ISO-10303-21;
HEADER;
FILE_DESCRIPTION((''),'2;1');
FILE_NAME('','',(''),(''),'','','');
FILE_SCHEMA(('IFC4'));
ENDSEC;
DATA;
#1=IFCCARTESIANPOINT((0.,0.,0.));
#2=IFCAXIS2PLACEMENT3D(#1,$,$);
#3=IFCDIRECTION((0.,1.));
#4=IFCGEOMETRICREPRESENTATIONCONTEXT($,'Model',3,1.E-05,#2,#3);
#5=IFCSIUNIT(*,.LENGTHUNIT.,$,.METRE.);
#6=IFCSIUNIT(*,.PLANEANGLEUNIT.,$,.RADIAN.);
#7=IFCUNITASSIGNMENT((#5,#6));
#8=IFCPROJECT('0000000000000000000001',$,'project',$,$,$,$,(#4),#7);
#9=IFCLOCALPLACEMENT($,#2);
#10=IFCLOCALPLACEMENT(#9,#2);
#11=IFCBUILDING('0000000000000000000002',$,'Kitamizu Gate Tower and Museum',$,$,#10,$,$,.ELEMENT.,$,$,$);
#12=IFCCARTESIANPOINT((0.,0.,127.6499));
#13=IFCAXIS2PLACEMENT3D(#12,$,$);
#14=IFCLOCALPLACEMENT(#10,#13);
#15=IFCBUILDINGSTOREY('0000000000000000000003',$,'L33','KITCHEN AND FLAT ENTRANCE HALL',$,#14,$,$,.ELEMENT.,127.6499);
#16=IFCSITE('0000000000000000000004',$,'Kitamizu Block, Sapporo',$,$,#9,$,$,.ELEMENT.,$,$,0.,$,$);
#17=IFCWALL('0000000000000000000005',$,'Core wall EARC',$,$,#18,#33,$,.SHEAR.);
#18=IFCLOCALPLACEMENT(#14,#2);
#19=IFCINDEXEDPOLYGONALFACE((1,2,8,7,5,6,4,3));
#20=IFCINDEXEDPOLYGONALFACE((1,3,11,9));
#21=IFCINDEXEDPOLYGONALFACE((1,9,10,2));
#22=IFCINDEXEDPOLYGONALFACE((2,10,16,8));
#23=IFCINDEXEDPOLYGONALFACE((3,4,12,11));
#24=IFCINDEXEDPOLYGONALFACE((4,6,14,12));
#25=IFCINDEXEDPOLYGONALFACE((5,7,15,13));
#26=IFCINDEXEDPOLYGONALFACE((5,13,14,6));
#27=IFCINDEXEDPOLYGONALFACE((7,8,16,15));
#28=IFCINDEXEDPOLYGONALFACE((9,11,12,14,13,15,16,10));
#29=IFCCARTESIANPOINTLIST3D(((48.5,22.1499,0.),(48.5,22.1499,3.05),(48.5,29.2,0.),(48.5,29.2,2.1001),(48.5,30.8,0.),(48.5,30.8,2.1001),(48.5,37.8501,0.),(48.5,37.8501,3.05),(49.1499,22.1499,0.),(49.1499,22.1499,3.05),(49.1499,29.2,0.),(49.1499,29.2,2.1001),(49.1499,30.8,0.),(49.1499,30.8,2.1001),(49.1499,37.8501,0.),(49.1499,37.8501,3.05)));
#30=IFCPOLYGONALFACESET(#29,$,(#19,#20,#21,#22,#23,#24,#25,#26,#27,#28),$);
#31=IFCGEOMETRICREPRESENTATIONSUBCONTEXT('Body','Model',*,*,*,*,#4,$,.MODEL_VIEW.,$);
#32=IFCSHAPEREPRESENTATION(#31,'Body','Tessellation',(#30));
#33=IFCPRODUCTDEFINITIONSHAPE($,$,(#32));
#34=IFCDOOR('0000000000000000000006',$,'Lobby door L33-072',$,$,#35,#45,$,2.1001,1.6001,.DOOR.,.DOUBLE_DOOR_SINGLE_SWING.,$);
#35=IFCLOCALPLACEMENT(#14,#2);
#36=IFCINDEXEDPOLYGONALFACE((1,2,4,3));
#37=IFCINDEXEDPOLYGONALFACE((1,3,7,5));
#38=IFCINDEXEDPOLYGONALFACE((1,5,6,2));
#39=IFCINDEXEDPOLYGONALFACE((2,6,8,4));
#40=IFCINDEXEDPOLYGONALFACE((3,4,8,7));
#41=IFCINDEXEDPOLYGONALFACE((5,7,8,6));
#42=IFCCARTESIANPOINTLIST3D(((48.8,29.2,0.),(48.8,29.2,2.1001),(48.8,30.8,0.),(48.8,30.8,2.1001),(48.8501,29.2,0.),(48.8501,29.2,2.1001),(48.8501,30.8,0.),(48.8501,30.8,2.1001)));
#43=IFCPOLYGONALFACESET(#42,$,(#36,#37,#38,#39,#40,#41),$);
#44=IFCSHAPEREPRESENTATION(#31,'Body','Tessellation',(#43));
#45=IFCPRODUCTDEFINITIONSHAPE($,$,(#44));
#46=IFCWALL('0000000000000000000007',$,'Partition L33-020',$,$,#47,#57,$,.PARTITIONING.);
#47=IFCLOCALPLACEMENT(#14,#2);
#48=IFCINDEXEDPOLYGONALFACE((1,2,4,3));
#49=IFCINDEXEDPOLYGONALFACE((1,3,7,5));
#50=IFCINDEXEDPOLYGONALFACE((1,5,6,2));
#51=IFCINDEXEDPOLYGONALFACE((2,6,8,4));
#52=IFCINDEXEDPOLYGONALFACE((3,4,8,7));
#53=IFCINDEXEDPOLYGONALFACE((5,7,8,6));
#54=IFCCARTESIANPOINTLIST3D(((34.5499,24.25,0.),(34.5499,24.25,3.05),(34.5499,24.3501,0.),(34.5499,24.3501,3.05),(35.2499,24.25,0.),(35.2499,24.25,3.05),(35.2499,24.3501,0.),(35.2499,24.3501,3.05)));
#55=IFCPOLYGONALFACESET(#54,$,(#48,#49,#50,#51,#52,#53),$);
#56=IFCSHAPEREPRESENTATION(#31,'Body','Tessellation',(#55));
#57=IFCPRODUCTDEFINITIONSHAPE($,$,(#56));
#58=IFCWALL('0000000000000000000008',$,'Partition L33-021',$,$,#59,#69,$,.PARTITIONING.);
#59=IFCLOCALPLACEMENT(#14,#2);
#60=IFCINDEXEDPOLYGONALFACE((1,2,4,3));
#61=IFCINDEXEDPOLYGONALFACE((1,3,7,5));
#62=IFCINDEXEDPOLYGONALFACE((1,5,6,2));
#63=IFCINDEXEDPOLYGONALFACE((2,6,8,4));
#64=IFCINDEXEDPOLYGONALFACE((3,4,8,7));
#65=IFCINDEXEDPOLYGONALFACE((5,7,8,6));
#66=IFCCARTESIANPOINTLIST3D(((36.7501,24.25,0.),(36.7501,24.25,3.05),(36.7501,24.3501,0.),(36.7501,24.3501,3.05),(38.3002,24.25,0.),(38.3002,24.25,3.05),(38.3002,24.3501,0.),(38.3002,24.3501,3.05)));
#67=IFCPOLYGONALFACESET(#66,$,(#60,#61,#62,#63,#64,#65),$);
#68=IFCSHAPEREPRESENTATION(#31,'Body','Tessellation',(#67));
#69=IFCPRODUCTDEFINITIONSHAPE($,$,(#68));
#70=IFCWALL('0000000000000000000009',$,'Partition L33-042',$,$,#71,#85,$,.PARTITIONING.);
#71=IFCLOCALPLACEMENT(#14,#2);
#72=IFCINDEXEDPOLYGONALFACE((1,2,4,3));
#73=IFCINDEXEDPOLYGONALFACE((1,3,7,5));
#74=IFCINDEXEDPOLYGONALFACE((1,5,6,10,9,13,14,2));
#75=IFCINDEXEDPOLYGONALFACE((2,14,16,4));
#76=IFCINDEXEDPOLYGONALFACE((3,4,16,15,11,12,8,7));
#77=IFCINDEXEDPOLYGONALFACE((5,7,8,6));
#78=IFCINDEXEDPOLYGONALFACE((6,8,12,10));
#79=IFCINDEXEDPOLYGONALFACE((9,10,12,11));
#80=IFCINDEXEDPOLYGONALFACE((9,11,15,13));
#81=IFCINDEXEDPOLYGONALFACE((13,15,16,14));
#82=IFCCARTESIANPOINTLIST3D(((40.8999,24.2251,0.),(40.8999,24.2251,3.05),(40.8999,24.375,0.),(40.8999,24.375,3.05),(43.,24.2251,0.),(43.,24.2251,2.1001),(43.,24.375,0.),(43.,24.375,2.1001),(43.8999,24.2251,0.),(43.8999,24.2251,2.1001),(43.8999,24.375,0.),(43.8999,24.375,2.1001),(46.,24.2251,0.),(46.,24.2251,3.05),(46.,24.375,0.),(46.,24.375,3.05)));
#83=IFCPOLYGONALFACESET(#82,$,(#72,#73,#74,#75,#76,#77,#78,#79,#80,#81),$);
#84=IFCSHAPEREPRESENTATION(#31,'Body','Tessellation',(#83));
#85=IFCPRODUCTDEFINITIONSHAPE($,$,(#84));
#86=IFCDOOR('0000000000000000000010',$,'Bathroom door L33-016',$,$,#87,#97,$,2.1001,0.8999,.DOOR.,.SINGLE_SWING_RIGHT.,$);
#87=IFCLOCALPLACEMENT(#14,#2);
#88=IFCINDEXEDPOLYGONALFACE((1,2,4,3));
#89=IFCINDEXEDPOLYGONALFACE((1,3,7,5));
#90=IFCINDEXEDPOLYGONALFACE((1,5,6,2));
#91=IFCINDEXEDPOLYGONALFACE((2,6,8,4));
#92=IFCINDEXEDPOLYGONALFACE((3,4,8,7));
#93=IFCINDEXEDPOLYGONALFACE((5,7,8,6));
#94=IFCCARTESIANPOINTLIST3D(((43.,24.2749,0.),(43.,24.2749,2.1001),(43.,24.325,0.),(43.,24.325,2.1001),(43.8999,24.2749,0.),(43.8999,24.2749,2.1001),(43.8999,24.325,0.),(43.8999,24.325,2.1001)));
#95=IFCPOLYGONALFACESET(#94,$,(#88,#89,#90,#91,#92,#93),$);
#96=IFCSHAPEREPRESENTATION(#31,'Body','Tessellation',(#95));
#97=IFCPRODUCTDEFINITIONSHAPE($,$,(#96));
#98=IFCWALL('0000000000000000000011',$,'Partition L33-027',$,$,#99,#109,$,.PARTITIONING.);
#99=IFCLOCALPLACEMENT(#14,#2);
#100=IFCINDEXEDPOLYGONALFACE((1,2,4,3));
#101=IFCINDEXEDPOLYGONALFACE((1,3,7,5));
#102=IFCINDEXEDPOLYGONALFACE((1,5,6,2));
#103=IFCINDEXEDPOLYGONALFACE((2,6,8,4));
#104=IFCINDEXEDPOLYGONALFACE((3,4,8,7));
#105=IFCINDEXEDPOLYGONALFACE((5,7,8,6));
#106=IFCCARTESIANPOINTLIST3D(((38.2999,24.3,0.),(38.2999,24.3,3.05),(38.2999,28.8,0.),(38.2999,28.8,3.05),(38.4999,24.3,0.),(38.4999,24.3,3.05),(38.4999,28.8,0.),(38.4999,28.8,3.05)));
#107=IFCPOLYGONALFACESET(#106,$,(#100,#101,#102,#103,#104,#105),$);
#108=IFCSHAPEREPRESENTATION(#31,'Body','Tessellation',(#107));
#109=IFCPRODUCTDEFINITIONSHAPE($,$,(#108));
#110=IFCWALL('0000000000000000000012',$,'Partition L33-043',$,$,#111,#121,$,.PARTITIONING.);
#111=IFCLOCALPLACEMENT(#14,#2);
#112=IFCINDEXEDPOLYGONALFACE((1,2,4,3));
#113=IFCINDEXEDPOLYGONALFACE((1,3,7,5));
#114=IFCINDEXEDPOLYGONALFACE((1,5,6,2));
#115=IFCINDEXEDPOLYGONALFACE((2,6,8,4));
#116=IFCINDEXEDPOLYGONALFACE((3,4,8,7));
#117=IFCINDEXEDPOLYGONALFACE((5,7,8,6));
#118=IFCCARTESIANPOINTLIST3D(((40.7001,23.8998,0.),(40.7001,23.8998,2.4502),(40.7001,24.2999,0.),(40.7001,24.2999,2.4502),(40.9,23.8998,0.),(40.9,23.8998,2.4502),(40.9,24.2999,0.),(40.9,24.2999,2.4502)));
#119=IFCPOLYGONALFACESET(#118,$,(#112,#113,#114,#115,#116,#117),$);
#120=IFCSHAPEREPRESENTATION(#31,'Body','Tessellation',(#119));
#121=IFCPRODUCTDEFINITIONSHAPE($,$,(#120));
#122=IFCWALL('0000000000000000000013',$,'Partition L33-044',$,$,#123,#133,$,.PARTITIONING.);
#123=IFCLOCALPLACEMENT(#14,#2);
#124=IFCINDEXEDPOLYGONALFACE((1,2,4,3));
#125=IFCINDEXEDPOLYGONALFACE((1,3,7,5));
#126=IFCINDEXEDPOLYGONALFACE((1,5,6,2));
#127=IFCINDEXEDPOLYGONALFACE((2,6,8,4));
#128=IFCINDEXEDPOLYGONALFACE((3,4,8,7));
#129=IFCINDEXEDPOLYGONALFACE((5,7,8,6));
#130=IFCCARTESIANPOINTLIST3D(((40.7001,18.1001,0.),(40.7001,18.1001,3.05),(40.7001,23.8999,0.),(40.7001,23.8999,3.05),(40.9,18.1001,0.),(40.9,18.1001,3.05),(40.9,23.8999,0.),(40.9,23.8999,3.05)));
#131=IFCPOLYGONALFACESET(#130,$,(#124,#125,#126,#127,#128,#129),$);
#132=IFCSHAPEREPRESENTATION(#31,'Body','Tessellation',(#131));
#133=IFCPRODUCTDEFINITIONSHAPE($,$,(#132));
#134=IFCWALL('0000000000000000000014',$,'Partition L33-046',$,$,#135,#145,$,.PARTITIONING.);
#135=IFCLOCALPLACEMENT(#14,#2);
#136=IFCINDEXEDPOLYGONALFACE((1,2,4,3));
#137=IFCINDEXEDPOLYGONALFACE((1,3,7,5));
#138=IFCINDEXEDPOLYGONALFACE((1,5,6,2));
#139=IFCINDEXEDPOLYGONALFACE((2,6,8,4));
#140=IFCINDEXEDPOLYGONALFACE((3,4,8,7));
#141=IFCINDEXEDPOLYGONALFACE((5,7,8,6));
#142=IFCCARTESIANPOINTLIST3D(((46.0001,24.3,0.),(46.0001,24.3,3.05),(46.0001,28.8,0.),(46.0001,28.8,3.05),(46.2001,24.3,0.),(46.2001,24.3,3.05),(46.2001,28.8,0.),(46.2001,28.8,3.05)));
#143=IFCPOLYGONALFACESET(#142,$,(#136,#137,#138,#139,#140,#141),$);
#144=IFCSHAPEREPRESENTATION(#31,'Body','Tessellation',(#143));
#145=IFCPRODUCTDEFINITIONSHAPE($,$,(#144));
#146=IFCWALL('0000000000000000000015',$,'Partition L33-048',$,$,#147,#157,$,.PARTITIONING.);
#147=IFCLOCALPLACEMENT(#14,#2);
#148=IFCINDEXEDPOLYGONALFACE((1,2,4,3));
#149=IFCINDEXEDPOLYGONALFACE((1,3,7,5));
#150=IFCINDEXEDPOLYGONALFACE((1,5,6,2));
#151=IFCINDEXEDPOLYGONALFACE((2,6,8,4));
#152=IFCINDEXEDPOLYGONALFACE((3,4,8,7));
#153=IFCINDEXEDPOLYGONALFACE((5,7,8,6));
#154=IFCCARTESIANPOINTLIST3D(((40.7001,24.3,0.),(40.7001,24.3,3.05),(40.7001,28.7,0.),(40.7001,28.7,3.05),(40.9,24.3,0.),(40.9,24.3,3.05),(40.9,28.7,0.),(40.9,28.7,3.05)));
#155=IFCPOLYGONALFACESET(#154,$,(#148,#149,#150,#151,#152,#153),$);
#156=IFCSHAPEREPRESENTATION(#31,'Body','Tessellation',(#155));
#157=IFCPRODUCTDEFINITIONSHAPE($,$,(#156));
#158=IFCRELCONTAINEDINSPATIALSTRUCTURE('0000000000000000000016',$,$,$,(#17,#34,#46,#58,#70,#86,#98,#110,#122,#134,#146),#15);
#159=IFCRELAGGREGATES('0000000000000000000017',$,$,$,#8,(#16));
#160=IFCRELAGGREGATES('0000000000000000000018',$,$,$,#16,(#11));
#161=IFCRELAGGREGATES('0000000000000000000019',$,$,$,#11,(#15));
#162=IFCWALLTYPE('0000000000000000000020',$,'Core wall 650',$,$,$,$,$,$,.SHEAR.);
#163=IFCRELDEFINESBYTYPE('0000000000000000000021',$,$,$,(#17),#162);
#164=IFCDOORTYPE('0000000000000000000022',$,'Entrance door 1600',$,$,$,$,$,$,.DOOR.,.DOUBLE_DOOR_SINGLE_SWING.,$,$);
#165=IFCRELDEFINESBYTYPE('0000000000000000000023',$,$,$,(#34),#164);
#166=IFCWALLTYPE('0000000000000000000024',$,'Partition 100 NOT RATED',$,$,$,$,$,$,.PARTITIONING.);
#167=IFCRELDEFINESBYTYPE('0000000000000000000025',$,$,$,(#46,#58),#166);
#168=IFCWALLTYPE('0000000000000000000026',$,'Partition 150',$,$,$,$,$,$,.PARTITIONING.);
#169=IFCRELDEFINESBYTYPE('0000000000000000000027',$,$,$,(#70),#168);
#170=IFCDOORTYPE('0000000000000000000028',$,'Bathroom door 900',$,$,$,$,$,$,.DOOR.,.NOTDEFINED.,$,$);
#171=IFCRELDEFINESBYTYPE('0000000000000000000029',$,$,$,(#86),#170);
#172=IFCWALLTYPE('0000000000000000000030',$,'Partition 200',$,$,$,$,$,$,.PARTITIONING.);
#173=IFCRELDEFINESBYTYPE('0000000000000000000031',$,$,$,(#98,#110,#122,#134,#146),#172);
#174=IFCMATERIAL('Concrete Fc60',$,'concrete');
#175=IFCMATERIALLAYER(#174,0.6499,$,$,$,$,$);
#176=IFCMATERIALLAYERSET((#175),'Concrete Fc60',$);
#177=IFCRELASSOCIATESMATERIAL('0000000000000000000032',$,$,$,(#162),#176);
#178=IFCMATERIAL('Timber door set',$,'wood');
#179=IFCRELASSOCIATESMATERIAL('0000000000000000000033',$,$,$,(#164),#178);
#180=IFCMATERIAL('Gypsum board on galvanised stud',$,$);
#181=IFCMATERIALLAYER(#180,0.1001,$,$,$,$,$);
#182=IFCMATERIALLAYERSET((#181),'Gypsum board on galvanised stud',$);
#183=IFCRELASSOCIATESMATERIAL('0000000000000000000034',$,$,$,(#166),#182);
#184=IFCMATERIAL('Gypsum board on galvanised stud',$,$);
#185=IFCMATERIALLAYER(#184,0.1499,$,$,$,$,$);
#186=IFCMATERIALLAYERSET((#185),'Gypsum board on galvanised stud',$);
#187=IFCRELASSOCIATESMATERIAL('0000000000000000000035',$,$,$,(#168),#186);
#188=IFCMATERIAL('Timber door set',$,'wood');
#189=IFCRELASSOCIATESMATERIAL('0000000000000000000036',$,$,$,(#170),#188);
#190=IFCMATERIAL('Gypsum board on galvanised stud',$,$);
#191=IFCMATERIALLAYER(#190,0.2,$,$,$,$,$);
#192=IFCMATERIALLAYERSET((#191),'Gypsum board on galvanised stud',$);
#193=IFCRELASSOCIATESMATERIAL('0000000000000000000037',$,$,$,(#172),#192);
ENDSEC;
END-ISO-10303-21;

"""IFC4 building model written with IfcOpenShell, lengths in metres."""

from ifc_helpers import new_model, si_unit, direction, frame, frame_2d, origin, place, context, subcontext, project, spatial, rectangle, extrude, material, layer, layer_set, type_object, element, fill, save


model = new_model("IFC4")

# Units and contexts
model_context = context("Model", 3, precision=1e-05, world=origin(), true_north=direction((0.0, 1.0)))
body_context = subcontext(model_context, "Body", "Model", "MODEL_VIEW")
ifc_project = project(units=[si_unit("LENGTHUNIT", "METRE"), si_unit("PLANEANGLEUNIT", "RADIAN")], contexts=[model_context])

# Site, building, storey
site_placement = place(None, origin())
site = spatial("IfcSite", under=ifc_project, at=site_placement, Name="Kitamizu Block, Sapporo", CompositionType="ELEMENT", RefElevation=0.0)
building_placement = place(site_placement, origin())
building = spatial("IfcBuilding", under=site, at=building_placement, Name="Kitamizu Gate Tower and Museum", CompositionType="ELEMENT")
storey_placement = place(building_placement, frame((0.0, 0.0, 127.6499)))
storey = spatial("IfcBuildingStorey", under=building, at=storey_placement, Name="L33", Description="KITCHEN AND FLAT ENTRANCE HALL", CompositionType="ELEMENT", Elevation=127.6499)

# Wall, opening, door
ifc_material_1 = material(Name="Concrete Fc60", Category="concrete")
ifc_layer_1 = layer(ifc_material_1, 0.6499)
ifc_layer_set_1 = layer_set([ifc_layer_1], Name="Concrete Fc60")
wall_type_1 = type_object("IfcWallType", Name="Core wall 650", PredefinedType="SHEAR", material=ifc_layer_set_1)
wall_1_placement = place(storey_placement, frame((48.825, 22.1499, 0.0), z_axis=(0.0, 0.0, 1.0), x_axis=(0.0, 1.0, 0.0)))
wall_1 = element("IfcWall", 1, at=wall_1_placement, inside=storey, type_object=wall_type_1, Name="Core wall EARC", PredefinedType="SHEAR", context=body_context, shape_type="SweptSolid", body=[
    extrude(rectangle(XDim=15.7002, YDim=0.6499, at=frame_2d((7.8501, 0.0))), origin(), (0.0, 0.0, 1.0), 3.05),
])
opening_1_placement = place(wall_1_placement, frame((7.05, 0.0, 0.0)))
opening_1 = element("IfcOpeningElement", 2, at=opening_1_placement, cuts=wall_1, PredefinedType="OPENING", context=body_context, shape_type="SweptSolid", body=[
    extrude(rectangle(XDim=1.6001, YDim=2.1001, at=frame_2d((0.8, 1.05))), frame((0.0, 0.335, 0.0), z_axis=(0.0, -1.0, 0.0), x_axis=(1.0, 0.0, 0.0)), (0.0, 0.0, 1.0), 0.6699),
])
ifc_material_2 = material(Name="Timber door set", Category="wood")
door_type_1 = type_object("IfcDoorType", Name="Entrance door 1600", OperationType="DOUBLE_DOOR_SINGLE_SWING", PredefinedType="DOOR", material=ifc_material_2)
door_1_placement = place(opening_1_placement, origin())
door_1 = element("IfcDoor", 3, at=door_1_placement, inside=storey, type_object=door_type_1, Name="Lobby door L33-072", OperationType="DOUBLE_DOOR_SINGLE_SWING", OverallHeight=2.1001, OverallWidth=1.6001, PredefinedType="DOOR", context=body_context, shape_type="SweptSolid", body=[
    extrude(rectangle(XDim=1.6001, YDim=2.1001, at=frame_2d((0.8, 1.05))), frame((0.0, 0.0249, 0.0), z_axis=(0.0, -1.0, 0.0), x_axis=(1.0, 0.0, 0.0)), (0.0, 0.0, 1.0), 0.05),
])
fill(opening_1, door_1)

# Walls
ifc_material_3 = material(Name="Gypsum board on galvanised stud")
ifc_layer_2 = layer(ifc_material_3, 0.1001)
ifc_layer_set_2 = layer_set([ifc_layer_2], Name="Gypsum board on galvanised stud")
wall_type_2 = type_object("IfcWallType", Name="Partition 100 NOT RATED", PredefinedType="PARTITIONING", material=ifc_layer_set_2)
wall_2_placement = place(storey_placement, frame((35.25, 24.3, 0.0), z_axis=(0.0, 0.0, 1.0), x_axis=(-1.0, 0.0, 0.0)))
element("IfcWall", 4, at=wall_2_placement, inside=storey, type_object=wall_type_2, Name="Partition L33-020", PredefinedType="PARTITIONING", context=body_context, shape_type="SweptSolid", body=[
    extrude(rectangle(XDim=0.7, YDim=0.1001, at=frame_2d((0.3501, 0.0))), origin(), (0.0, 0.0, 1.0), 3.05),
])
wall_3_placement = place(storey_placement, frame((38.3, 24.3, 0.0), z_axis=(0.0, 0.0, 1.0), x_axis=(-1.0, 0.0, 0.0)))
element("IfcWall", 5, at=wall_3_placement, inside=storey, type_object=wall_type_2, Name="Partition L33-021", PredefinedType="PARTITIONING", context=body_context, shape_type="SweptSolid", body=[
    extrude(rectangle(XDim=1.55, YDim=0.1001, at=frame_2d((0.7749, 0.0))), origin(), (0.0, 0.0, 1.0), 3.05),
])

# Wall, opening, door
ifc_material_4 = material(Name="Gypsum board on galvanised stud")
ifc_layer_3 = layer(ifc_material_4, 0.1499)
ifc_layer_set_3 = layer_set([ifc_layer_3], Name="Gypsum board on galvanised stud")
wall_type_3 = type_object("IfcWallType", Name="Partition 150", PredefinedType="PARTITIONING", material=ifc_layer_set_3)
wall_4_placement = place(storey_placement, frame((46.0, 24.3, 0.0), z_axis=(0.0, 0.0, 1.0), x_axis=(-1.0, 0.0, 0.0)))
wall_4 = element("IfcWall", 6, at=wall_4_placement, inside=storey, type_object=wall_type_3, Name="Partition L33-042", PredefinedType="PARTITIONING", context=body_context, shape_type="SweptSolid", body=[
    extrude(rectangle(XDim=5.1001, YDim=0.1499, at=frame_2d((2.55, 0.0))), origin(), (0.0, 0.0, 1.0), 3.05),
])
opening_2_placement = place(wall_4_placement, frame((2.1001, 0.0, 0.0)))
opening_2 = element("IfcOpeningElement", 7, at=opening_2_placement, cuts=wall_4, PredefinedType="OPENING", context=body_context, shape_type="SweptSolid", body=[
    extrude(rectangle(XDim=0.8999, YDim=2.1001, at=frame_2d((0.45, 1.05))), frame((0.0, 0.085, 0.0), z_axis=(0.0, -1.0, 0.0), x_axis=(1.0, 0.0, 0.0)), (0.0, 0.0, 1.0), 0.1699),
])
ifc_material_5 = material(Name="Timber door set", Category="wood")
door_type_2 = type_object("IfcDoorType", Name="Bathroom door 900", OperationType="NOTDEFINED", PredefinedType="DOOR", material=ifc_material_5)
door_2_placement = place(opening_2_placement, frame((0.8999, 0.0, 0.0), x_axis=(-1.0, 0.0, 0.0)))
door_2 = element("IfcDoor", 8, at=door_2_placement, inside=storey, type_object=door_type_2, Name="Bathroom door L33-016", OperationType="SINGLE_SWING_RIGHT", OverallHeight=2.1001, OverallWidth=0.8999, PredefinedType="DOOR", context=body_context, shape_type="SweptSolid", body=[
    extrude(rectangle(XDim=0.8999, YDim=2.1001, at=frame_2d((0.45, 1.05))), frame((0.0, 0.0249, 0.0), z_axis=(0.0, -1.0, 0.0), x_axis=(1.0, 0.0, 0.0)), (0.0, 0.0, 1.0), 0.05),
])
fill(opening_2, door_2)

# Walls
ifc_material_6 = material(Name="Gypsum board on galvanised stud")
ifc_layer_4 = layer(ifc_material_6, 0.2)
ifc_layer_set_4 = layer_set([ifc_layer_4], Name="Gypsum board on galvanised stud")
wall_type_4 = type_object("IfcWallType", Name="Partition 200", PredefinedType="PARTITIONING", material=ifc_layer_set_4)
wall_5_placement = place(storey_placement, frame((38.3999, 24.3, 0.0), z_axis=(0.0, 0.0, 1.0), x_axis=(0.0, 1.0, 0.0)))
element("IfcWall", 9, at=wall_5_placement, inside=storey, type_object=wall_type_4, Name="Partition L33-027", PredefinedType="PARTITIONING", context=body_context, shape_type="SweptSolid", body=[
    extrude(rectangle(XDim=4.5, YDim=0.2, at=frame_2d((2.25, 0.0))), origin(), (0.0, 0.0, 1.0), 3.05),
])
wall_6_placement = place(storey_placement, frame((40.8, 24.3, 0.0), z_axis=(0.0, 0.0, 1.0), x_axis=(0.0, -1.0, 0.0)))
element("IfcWall", 10, at=wall_6_placement, inside=storey, type_object=wall_type_4, Name="Partition L33-043", PredefinedType="PARTITIONING", context=body_context, shape_type="SweptSolid", body=[
    extrude(rectangle(XDim=0.4001, YDim=0.2, at=frame_2d((0.2002, 0.0))), origin(), (0.0, 0.0, 1.0), 2.4502),
])
wall_7_placement = place(storey_placement, frame((40.8, 23.8999, 0.0), z_axis=(0.0, 0.0, 1.0), x_axis=(0.0, -1.0, 0.0)))
element("IfcWall", 11, at=wall_7_placement, inside=storey, type_object=wall_type_4, Name="Partition L33-044", PredefinedType="PARTITIONING", context=body_context, shape_type="SweptSolid", body=[
    extrude(rectangle(XDim=5.7998, YDim=0.2, at=frame_2d((2.8999, 0.0))), origin(), (0.0, 0.0, 1.0), 3.05),
])
wall_8_placement = place(storey_placement, frame((46.1001, 24.3, 0.0), z_axis=(0.0, 0.0, 1.0), x_axis=(0.0, 1.0, 0.0)))
element("IfcWall", 12, at=wall_8_placement, inside=storey, type_object=wall_type_4, Name="Partition L33-046", PredefinedType="PARTITIONING", context=body_context, shape_type="SweptSolid", body=[
    extrude(rectangle(XDim=4.5, YDim=0.2, at=frame_2d((2.25, 0.0))), origin(), (0.0, 0.0, 1.0), 3.05),
])
wall_9_placement = place(storey_placement, frame((40.8, 28.7, 0.0), z_axis=(0.0, 0.0, 1.0), x_axis=(0.0, -1.0, 0.0)))
element("IfcWall", 13, at=wall_9_placement, inside=storey, type_object=wall_type_4, Name="Partition L33-048", PredefinedType="PARTITIONING", context=body_context, shape_type="SweptSolid", body=[
    extrude(rectangle(XDim=4.3999, YDim=0.2, at=frame_2d((2.2, 0.0))), origin(), (0.0, 0.0, 1.0), 3.05),
])

save(model, "model.ifc")
